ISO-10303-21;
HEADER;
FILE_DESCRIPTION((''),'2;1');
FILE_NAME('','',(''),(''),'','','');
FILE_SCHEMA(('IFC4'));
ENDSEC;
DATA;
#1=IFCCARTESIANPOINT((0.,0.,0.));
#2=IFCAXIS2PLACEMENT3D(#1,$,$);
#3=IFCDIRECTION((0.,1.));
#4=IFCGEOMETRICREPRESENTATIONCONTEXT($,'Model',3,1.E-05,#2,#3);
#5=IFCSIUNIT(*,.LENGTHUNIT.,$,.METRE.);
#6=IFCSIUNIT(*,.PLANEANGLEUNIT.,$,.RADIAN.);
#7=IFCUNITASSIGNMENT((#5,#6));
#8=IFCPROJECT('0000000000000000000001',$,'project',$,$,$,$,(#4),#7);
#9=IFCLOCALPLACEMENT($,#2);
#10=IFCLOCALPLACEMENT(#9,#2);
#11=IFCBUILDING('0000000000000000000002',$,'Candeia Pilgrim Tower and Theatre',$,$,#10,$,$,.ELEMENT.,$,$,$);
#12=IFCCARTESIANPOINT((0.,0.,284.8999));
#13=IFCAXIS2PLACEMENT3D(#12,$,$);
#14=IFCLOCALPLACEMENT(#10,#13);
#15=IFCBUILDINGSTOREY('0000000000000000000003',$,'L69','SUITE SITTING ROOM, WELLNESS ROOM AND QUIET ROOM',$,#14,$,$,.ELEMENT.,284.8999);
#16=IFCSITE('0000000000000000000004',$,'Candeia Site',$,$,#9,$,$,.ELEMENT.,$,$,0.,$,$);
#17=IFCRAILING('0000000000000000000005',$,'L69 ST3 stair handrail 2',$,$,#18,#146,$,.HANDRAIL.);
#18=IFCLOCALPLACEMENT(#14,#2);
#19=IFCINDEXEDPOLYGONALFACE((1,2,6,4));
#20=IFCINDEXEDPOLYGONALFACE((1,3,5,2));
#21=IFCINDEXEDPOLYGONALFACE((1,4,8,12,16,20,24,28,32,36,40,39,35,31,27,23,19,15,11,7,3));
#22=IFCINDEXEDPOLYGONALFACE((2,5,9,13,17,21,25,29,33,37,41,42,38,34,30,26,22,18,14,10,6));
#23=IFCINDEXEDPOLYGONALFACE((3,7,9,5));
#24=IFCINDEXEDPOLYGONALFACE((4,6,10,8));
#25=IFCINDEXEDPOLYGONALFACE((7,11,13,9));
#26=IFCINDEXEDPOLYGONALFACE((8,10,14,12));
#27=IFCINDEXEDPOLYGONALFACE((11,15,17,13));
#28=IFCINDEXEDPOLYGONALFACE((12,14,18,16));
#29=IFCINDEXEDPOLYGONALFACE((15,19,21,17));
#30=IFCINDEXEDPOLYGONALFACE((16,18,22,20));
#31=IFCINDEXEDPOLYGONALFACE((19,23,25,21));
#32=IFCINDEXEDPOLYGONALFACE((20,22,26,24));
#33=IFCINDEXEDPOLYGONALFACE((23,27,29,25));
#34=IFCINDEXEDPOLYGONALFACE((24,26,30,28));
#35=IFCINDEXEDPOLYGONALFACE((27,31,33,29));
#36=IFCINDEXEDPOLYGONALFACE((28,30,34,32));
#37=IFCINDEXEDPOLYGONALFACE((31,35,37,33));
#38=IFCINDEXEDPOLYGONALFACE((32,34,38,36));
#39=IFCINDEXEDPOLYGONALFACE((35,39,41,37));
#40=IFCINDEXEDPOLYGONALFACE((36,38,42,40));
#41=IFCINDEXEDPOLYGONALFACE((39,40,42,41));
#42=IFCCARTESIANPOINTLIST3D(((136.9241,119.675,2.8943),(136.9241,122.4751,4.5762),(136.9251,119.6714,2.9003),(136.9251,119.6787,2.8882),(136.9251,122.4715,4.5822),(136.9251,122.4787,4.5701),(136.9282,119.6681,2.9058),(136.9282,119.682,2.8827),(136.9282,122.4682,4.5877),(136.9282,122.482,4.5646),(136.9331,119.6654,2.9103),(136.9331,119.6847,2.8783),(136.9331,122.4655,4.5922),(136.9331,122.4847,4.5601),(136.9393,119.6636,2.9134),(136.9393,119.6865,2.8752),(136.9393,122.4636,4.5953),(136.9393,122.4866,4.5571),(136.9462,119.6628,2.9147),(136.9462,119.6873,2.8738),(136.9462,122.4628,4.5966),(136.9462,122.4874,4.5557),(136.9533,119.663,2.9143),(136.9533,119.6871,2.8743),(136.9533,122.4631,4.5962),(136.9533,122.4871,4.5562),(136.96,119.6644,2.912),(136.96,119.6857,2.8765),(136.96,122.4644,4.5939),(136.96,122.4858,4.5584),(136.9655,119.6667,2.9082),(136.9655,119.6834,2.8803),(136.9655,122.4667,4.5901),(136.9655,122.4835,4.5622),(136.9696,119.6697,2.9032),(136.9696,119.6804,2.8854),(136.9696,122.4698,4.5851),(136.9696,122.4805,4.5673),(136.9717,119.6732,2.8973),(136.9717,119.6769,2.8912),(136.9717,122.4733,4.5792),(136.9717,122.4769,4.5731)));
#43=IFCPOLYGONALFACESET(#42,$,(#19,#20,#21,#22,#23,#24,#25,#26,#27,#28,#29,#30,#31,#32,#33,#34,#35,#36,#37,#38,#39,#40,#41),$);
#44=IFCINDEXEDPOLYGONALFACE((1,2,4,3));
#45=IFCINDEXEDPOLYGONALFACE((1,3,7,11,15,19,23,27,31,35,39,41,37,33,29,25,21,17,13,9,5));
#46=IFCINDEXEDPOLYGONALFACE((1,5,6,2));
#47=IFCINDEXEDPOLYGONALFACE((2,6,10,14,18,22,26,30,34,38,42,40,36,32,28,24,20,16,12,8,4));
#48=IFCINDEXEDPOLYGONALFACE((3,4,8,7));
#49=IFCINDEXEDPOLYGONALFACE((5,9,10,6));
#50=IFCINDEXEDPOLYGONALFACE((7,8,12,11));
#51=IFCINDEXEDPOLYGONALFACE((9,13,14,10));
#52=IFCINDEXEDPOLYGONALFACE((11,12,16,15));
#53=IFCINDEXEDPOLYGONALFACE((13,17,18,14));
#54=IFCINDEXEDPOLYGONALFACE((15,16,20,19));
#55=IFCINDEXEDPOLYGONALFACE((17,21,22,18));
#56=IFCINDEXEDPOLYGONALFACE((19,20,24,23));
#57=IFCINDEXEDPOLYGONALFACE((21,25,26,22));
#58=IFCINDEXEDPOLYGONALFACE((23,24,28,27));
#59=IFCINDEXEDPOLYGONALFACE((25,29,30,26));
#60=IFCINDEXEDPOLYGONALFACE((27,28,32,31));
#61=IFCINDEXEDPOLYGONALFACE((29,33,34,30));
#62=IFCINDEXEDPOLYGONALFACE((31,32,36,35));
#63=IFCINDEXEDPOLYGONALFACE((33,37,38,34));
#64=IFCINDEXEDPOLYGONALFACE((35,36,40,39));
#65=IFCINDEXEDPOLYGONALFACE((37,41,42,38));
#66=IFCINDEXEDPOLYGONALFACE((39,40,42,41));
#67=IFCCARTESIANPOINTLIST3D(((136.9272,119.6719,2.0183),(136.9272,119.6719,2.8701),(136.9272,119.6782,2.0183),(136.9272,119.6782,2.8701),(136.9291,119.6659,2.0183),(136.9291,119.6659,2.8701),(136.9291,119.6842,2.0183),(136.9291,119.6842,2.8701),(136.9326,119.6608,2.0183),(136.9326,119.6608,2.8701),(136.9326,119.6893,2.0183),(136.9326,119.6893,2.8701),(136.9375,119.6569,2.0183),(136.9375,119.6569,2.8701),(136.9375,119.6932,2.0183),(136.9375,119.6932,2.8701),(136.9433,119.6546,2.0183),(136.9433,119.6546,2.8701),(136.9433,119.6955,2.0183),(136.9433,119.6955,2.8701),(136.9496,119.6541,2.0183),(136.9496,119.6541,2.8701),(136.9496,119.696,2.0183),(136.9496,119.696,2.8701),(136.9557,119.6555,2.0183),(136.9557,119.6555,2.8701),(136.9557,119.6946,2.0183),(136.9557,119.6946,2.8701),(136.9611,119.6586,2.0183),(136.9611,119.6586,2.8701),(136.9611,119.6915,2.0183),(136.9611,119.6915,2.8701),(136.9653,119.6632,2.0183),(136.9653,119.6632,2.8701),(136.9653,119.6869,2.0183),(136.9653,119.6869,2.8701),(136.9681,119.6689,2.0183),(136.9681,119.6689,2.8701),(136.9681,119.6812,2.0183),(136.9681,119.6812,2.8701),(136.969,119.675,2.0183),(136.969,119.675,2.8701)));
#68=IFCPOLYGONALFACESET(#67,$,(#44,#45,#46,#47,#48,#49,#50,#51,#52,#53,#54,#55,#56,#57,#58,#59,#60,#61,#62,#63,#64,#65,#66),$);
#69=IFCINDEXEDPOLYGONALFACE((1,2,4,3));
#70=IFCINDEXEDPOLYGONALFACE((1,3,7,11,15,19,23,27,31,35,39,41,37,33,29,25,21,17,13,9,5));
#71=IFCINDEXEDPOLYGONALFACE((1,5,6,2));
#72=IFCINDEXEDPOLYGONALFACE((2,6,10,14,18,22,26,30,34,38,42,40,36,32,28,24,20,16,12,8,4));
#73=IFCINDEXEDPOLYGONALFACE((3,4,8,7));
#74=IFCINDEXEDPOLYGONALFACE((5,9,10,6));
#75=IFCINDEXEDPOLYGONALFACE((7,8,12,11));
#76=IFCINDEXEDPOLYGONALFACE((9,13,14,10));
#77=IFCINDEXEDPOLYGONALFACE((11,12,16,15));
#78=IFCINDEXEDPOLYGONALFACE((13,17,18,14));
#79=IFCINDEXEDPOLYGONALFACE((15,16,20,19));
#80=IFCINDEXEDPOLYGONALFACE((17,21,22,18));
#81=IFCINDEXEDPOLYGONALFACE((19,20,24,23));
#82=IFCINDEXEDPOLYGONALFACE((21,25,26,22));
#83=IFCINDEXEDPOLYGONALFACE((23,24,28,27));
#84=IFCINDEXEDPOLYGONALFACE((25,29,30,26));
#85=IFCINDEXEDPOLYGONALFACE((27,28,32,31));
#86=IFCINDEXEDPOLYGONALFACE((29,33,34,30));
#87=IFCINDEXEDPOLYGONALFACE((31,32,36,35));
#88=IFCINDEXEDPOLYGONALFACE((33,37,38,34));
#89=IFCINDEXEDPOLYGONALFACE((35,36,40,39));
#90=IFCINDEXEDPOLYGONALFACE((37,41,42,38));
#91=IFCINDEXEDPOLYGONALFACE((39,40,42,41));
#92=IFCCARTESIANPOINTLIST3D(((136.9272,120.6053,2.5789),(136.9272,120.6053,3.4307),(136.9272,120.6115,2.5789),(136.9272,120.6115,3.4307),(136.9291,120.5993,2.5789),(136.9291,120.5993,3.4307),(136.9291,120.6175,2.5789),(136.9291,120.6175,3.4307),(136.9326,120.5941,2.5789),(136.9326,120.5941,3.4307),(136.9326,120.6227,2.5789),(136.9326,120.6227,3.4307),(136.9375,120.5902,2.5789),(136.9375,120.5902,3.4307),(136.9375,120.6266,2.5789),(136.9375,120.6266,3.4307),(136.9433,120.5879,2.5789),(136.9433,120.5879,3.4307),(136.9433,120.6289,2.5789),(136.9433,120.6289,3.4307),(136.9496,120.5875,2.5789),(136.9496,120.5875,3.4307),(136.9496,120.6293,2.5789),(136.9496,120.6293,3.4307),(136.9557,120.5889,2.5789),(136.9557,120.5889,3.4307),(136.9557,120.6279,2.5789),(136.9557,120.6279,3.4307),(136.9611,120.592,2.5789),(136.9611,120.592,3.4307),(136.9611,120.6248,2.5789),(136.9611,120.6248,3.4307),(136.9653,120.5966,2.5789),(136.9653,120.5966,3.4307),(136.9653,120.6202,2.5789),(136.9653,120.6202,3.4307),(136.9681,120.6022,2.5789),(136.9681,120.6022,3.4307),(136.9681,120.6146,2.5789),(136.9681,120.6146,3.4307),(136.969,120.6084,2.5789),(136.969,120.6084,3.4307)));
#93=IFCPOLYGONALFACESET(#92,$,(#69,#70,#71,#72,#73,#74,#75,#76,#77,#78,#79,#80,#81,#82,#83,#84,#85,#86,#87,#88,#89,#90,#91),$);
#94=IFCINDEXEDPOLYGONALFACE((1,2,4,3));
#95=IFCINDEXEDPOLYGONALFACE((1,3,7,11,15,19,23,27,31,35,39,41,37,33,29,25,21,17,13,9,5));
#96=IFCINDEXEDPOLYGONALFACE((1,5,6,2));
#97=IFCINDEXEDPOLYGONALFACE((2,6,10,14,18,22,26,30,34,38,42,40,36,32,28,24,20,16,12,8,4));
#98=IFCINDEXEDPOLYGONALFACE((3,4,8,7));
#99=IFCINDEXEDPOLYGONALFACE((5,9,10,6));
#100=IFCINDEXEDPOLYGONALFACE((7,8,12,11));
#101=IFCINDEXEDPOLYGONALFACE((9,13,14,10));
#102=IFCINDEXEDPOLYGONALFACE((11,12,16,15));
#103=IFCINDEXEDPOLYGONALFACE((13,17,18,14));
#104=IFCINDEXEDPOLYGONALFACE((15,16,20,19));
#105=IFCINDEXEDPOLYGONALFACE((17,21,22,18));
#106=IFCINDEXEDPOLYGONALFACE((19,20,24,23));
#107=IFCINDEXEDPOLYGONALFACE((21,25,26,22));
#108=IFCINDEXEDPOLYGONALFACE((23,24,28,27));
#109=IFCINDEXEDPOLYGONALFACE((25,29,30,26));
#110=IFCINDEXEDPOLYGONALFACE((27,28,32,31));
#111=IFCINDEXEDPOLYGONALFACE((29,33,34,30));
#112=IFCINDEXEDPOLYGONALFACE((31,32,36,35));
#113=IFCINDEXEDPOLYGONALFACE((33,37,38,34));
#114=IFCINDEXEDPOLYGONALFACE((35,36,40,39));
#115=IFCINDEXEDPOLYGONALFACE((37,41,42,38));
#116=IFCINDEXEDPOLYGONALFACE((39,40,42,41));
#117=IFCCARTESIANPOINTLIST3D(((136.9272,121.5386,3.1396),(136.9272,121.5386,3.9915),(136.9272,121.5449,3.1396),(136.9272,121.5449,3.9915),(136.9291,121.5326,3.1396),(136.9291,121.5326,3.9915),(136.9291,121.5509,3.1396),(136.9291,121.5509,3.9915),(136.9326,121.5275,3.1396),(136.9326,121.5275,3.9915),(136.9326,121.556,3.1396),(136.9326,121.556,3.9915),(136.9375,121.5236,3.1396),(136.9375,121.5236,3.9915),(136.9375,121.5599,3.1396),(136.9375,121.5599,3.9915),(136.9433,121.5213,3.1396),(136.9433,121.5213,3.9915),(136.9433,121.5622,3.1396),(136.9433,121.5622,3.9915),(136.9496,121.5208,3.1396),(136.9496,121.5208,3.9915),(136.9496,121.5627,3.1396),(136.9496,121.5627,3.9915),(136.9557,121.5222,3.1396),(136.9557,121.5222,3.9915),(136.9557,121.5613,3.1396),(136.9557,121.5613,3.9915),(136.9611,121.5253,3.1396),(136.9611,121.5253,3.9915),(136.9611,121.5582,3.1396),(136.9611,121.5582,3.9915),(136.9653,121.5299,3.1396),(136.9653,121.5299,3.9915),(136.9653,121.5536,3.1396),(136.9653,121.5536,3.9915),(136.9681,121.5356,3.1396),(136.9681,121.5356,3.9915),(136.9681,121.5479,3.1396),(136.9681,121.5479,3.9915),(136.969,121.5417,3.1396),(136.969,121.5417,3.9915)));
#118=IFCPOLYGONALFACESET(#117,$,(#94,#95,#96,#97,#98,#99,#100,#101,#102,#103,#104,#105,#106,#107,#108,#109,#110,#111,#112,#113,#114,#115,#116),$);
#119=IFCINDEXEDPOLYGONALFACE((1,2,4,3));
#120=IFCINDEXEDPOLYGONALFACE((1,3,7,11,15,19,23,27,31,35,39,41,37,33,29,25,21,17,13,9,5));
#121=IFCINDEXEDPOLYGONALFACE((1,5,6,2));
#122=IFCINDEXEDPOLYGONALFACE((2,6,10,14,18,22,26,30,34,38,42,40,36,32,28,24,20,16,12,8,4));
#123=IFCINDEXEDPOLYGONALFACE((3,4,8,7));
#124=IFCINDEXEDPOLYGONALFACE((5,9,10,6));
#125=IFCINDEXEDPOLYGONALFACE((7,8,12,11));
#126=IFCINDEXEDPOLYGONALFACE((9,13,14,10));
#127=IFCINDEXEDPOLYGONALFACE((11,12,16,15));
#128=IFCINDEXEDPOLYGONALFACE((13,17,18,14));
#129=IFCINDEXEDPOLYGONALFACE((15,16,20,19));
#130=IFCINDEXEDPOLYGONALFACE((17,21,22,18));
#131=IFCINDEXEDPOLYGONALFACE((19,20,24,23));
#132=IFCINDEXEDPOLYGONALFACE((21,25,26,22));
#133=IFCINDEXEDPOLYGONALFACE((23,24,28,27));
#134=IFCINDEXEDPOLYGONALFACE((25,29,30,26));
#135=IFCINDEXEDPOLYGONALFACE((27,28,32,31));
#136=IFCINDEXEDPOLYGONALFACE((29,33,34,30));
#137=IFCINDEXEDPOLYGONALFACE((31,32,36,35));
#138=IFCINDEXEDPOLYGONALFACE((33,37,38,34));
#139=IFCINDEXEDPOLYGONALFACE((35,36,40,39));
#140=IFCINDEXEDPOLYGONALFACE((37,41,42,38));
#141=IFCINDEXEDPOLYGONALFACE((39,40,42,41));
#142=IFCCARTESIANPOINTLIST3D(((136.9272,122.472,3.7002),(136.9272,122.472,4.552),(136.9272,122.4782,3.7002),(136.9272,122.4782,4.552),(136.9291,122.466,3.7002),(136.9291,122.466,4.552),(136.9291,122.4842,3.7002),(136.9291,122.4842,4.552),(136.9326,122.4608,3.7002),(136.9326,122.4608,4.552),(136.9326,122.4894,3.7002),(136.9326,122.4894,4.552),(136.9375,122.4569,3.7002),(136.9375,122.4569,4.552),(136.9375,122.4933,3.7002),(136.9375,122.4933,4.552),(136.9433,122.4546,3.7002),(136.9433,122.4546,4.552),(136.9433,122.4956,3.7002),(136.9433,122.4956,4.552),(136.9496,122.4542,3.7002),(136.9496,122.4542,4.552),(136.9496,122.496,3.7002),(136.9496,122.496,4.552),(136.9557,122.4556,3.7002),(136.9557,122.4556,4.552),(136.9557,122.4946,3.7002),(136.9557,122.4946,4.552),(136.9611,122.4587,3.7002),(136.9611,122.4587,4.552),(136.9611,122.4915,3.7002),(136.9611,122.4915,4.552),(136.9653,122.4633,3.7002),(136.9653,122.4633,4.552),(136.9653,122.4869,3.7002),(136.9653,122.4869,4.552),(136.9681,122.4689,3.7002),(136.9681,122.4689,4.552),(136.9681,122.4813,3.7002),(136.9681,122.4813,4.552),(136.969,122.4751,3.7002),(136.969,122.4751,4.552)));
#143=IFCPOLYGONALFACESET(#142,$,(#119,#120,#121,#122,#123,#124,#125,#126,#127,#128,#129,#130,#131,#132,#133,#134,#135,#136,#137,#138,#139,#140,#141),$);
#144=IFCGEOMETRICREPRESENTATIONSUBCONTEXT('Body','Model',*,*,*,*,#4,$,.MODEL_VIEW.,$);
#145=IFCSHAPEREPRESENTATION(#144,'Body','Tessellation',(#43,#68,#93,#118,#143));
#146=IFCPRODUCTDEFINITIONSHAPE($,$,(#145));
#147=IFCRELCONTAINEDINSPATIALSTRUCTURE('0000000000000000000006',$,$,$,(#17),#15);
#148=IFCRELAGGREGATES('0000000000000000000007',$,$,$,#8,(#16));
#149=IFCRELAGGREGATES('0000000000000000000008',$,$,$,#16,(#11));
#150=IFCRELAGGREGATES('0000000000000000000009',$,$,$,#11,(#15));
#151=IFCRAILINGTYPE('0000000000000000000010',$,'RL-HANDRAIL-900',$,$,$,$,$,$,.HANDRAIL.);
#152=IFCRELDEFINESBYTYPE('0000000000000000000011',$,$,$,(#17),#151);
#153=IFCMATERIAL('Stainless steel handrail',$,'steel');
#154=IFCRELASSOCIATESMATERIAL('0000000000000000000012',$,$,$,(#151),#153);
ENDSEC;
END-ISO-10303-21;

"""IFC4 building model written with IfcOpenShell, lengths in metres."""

from ifc_helpers import new_model, si_unit, direction, frame, origin, origin_2d, place, context, subcontext, project, spatial, circle, extrude, material, type_object, element, save


model = new_model("IFC4")

# Units and contexts
model_context = context("Model", 3, precision=1e-05, world=origin(), true_north=direction((0.0, 1.0)))
body_context = subcontext(model_context, "Body", "Model", "MODEL_VIEW")
ifc_project = project(units=[si_unit("LENGTHUNIT", "METRE"), si_unit("PLANEANGLEUNIT", "RADIAN")], contexts=[model_context])

# Site, building, storey
site_placement = place(None, origin())
site = spatial("IfcSite", under=ifc_project, at=site_placement, Name="Candeia Site", CompositionType="ELEMENT", RefElevation=0.0)
building_placement = place(site_placement, origin())
building = spatial("IfcBuilding", under=site, at=building_placement, Name="Candeia Pilgrim Tower and Theatre", CompositionType="ELEMENT")
storey_placement = place(building_placement, frame((0.0, 0.0, 284.8999)))
storey = spatial("IfcBuildingStorey", under=building, at=storey_placement, Name="L69", Description="SUITE SITTING ROOM, WELLNESS ROOM AND QUIET ROOM", CompositionType="ELEMENT", Elevation=284.8999)

# Railing
ifc_material_1 = material(Name="Stainless steel handrail", Category="steel")
railing_type_1 = type_object("IfcRailingType", Name="RL-HANDRAIL-900", PredefinedType="HANDRAIL", material=ifc_material_1)
for number, where, name in (
    (1, (136.948, 119.675, 2.0183), "L69 ST3 stair handrail 2"),
):
    element("IfcRailing", number, at=place(storey_placement, frame(where)), inside=storey, type_object=railing_type_1, Name=name, PredefinedType="HANDRAIL", context=body_context, shape_type="SweptSolid", body=[
        extrude(circle(Radius=0.0239, at=origin_2d()), frame((0.0, 0.0, 0.876), z_axis=(0.0, 0.857242, 0.514913), x_axis=(-1.0, 0.0, 0.0)), (0.0, 0.0, 1.0), 3.2664),
        extrude(circle(Radius=0.021, at=origin_2d()), origin(), (0.0, 0.0, 1.0), 0.8518),
        extrude(circle(Radius=0.021, at=origin_2d()), frame((0.0, 0.9333, 0.5605)), (0.0, 0.0, 1.0), 0.8518),
        extrude(circle(Radius=0.021, at=origin_2d()), frame((0.0, 1.8667, 1.1213)), (0.0, 0.0, 1.0), 0.8518),
        extrude(circle(Radius=0.021, at=origin_2d()), frame((0.0, 2.8, 1.6819)), (0.0, 0.0, 1.0), 0.8518),
    ])

save(model, "model.ifc")
